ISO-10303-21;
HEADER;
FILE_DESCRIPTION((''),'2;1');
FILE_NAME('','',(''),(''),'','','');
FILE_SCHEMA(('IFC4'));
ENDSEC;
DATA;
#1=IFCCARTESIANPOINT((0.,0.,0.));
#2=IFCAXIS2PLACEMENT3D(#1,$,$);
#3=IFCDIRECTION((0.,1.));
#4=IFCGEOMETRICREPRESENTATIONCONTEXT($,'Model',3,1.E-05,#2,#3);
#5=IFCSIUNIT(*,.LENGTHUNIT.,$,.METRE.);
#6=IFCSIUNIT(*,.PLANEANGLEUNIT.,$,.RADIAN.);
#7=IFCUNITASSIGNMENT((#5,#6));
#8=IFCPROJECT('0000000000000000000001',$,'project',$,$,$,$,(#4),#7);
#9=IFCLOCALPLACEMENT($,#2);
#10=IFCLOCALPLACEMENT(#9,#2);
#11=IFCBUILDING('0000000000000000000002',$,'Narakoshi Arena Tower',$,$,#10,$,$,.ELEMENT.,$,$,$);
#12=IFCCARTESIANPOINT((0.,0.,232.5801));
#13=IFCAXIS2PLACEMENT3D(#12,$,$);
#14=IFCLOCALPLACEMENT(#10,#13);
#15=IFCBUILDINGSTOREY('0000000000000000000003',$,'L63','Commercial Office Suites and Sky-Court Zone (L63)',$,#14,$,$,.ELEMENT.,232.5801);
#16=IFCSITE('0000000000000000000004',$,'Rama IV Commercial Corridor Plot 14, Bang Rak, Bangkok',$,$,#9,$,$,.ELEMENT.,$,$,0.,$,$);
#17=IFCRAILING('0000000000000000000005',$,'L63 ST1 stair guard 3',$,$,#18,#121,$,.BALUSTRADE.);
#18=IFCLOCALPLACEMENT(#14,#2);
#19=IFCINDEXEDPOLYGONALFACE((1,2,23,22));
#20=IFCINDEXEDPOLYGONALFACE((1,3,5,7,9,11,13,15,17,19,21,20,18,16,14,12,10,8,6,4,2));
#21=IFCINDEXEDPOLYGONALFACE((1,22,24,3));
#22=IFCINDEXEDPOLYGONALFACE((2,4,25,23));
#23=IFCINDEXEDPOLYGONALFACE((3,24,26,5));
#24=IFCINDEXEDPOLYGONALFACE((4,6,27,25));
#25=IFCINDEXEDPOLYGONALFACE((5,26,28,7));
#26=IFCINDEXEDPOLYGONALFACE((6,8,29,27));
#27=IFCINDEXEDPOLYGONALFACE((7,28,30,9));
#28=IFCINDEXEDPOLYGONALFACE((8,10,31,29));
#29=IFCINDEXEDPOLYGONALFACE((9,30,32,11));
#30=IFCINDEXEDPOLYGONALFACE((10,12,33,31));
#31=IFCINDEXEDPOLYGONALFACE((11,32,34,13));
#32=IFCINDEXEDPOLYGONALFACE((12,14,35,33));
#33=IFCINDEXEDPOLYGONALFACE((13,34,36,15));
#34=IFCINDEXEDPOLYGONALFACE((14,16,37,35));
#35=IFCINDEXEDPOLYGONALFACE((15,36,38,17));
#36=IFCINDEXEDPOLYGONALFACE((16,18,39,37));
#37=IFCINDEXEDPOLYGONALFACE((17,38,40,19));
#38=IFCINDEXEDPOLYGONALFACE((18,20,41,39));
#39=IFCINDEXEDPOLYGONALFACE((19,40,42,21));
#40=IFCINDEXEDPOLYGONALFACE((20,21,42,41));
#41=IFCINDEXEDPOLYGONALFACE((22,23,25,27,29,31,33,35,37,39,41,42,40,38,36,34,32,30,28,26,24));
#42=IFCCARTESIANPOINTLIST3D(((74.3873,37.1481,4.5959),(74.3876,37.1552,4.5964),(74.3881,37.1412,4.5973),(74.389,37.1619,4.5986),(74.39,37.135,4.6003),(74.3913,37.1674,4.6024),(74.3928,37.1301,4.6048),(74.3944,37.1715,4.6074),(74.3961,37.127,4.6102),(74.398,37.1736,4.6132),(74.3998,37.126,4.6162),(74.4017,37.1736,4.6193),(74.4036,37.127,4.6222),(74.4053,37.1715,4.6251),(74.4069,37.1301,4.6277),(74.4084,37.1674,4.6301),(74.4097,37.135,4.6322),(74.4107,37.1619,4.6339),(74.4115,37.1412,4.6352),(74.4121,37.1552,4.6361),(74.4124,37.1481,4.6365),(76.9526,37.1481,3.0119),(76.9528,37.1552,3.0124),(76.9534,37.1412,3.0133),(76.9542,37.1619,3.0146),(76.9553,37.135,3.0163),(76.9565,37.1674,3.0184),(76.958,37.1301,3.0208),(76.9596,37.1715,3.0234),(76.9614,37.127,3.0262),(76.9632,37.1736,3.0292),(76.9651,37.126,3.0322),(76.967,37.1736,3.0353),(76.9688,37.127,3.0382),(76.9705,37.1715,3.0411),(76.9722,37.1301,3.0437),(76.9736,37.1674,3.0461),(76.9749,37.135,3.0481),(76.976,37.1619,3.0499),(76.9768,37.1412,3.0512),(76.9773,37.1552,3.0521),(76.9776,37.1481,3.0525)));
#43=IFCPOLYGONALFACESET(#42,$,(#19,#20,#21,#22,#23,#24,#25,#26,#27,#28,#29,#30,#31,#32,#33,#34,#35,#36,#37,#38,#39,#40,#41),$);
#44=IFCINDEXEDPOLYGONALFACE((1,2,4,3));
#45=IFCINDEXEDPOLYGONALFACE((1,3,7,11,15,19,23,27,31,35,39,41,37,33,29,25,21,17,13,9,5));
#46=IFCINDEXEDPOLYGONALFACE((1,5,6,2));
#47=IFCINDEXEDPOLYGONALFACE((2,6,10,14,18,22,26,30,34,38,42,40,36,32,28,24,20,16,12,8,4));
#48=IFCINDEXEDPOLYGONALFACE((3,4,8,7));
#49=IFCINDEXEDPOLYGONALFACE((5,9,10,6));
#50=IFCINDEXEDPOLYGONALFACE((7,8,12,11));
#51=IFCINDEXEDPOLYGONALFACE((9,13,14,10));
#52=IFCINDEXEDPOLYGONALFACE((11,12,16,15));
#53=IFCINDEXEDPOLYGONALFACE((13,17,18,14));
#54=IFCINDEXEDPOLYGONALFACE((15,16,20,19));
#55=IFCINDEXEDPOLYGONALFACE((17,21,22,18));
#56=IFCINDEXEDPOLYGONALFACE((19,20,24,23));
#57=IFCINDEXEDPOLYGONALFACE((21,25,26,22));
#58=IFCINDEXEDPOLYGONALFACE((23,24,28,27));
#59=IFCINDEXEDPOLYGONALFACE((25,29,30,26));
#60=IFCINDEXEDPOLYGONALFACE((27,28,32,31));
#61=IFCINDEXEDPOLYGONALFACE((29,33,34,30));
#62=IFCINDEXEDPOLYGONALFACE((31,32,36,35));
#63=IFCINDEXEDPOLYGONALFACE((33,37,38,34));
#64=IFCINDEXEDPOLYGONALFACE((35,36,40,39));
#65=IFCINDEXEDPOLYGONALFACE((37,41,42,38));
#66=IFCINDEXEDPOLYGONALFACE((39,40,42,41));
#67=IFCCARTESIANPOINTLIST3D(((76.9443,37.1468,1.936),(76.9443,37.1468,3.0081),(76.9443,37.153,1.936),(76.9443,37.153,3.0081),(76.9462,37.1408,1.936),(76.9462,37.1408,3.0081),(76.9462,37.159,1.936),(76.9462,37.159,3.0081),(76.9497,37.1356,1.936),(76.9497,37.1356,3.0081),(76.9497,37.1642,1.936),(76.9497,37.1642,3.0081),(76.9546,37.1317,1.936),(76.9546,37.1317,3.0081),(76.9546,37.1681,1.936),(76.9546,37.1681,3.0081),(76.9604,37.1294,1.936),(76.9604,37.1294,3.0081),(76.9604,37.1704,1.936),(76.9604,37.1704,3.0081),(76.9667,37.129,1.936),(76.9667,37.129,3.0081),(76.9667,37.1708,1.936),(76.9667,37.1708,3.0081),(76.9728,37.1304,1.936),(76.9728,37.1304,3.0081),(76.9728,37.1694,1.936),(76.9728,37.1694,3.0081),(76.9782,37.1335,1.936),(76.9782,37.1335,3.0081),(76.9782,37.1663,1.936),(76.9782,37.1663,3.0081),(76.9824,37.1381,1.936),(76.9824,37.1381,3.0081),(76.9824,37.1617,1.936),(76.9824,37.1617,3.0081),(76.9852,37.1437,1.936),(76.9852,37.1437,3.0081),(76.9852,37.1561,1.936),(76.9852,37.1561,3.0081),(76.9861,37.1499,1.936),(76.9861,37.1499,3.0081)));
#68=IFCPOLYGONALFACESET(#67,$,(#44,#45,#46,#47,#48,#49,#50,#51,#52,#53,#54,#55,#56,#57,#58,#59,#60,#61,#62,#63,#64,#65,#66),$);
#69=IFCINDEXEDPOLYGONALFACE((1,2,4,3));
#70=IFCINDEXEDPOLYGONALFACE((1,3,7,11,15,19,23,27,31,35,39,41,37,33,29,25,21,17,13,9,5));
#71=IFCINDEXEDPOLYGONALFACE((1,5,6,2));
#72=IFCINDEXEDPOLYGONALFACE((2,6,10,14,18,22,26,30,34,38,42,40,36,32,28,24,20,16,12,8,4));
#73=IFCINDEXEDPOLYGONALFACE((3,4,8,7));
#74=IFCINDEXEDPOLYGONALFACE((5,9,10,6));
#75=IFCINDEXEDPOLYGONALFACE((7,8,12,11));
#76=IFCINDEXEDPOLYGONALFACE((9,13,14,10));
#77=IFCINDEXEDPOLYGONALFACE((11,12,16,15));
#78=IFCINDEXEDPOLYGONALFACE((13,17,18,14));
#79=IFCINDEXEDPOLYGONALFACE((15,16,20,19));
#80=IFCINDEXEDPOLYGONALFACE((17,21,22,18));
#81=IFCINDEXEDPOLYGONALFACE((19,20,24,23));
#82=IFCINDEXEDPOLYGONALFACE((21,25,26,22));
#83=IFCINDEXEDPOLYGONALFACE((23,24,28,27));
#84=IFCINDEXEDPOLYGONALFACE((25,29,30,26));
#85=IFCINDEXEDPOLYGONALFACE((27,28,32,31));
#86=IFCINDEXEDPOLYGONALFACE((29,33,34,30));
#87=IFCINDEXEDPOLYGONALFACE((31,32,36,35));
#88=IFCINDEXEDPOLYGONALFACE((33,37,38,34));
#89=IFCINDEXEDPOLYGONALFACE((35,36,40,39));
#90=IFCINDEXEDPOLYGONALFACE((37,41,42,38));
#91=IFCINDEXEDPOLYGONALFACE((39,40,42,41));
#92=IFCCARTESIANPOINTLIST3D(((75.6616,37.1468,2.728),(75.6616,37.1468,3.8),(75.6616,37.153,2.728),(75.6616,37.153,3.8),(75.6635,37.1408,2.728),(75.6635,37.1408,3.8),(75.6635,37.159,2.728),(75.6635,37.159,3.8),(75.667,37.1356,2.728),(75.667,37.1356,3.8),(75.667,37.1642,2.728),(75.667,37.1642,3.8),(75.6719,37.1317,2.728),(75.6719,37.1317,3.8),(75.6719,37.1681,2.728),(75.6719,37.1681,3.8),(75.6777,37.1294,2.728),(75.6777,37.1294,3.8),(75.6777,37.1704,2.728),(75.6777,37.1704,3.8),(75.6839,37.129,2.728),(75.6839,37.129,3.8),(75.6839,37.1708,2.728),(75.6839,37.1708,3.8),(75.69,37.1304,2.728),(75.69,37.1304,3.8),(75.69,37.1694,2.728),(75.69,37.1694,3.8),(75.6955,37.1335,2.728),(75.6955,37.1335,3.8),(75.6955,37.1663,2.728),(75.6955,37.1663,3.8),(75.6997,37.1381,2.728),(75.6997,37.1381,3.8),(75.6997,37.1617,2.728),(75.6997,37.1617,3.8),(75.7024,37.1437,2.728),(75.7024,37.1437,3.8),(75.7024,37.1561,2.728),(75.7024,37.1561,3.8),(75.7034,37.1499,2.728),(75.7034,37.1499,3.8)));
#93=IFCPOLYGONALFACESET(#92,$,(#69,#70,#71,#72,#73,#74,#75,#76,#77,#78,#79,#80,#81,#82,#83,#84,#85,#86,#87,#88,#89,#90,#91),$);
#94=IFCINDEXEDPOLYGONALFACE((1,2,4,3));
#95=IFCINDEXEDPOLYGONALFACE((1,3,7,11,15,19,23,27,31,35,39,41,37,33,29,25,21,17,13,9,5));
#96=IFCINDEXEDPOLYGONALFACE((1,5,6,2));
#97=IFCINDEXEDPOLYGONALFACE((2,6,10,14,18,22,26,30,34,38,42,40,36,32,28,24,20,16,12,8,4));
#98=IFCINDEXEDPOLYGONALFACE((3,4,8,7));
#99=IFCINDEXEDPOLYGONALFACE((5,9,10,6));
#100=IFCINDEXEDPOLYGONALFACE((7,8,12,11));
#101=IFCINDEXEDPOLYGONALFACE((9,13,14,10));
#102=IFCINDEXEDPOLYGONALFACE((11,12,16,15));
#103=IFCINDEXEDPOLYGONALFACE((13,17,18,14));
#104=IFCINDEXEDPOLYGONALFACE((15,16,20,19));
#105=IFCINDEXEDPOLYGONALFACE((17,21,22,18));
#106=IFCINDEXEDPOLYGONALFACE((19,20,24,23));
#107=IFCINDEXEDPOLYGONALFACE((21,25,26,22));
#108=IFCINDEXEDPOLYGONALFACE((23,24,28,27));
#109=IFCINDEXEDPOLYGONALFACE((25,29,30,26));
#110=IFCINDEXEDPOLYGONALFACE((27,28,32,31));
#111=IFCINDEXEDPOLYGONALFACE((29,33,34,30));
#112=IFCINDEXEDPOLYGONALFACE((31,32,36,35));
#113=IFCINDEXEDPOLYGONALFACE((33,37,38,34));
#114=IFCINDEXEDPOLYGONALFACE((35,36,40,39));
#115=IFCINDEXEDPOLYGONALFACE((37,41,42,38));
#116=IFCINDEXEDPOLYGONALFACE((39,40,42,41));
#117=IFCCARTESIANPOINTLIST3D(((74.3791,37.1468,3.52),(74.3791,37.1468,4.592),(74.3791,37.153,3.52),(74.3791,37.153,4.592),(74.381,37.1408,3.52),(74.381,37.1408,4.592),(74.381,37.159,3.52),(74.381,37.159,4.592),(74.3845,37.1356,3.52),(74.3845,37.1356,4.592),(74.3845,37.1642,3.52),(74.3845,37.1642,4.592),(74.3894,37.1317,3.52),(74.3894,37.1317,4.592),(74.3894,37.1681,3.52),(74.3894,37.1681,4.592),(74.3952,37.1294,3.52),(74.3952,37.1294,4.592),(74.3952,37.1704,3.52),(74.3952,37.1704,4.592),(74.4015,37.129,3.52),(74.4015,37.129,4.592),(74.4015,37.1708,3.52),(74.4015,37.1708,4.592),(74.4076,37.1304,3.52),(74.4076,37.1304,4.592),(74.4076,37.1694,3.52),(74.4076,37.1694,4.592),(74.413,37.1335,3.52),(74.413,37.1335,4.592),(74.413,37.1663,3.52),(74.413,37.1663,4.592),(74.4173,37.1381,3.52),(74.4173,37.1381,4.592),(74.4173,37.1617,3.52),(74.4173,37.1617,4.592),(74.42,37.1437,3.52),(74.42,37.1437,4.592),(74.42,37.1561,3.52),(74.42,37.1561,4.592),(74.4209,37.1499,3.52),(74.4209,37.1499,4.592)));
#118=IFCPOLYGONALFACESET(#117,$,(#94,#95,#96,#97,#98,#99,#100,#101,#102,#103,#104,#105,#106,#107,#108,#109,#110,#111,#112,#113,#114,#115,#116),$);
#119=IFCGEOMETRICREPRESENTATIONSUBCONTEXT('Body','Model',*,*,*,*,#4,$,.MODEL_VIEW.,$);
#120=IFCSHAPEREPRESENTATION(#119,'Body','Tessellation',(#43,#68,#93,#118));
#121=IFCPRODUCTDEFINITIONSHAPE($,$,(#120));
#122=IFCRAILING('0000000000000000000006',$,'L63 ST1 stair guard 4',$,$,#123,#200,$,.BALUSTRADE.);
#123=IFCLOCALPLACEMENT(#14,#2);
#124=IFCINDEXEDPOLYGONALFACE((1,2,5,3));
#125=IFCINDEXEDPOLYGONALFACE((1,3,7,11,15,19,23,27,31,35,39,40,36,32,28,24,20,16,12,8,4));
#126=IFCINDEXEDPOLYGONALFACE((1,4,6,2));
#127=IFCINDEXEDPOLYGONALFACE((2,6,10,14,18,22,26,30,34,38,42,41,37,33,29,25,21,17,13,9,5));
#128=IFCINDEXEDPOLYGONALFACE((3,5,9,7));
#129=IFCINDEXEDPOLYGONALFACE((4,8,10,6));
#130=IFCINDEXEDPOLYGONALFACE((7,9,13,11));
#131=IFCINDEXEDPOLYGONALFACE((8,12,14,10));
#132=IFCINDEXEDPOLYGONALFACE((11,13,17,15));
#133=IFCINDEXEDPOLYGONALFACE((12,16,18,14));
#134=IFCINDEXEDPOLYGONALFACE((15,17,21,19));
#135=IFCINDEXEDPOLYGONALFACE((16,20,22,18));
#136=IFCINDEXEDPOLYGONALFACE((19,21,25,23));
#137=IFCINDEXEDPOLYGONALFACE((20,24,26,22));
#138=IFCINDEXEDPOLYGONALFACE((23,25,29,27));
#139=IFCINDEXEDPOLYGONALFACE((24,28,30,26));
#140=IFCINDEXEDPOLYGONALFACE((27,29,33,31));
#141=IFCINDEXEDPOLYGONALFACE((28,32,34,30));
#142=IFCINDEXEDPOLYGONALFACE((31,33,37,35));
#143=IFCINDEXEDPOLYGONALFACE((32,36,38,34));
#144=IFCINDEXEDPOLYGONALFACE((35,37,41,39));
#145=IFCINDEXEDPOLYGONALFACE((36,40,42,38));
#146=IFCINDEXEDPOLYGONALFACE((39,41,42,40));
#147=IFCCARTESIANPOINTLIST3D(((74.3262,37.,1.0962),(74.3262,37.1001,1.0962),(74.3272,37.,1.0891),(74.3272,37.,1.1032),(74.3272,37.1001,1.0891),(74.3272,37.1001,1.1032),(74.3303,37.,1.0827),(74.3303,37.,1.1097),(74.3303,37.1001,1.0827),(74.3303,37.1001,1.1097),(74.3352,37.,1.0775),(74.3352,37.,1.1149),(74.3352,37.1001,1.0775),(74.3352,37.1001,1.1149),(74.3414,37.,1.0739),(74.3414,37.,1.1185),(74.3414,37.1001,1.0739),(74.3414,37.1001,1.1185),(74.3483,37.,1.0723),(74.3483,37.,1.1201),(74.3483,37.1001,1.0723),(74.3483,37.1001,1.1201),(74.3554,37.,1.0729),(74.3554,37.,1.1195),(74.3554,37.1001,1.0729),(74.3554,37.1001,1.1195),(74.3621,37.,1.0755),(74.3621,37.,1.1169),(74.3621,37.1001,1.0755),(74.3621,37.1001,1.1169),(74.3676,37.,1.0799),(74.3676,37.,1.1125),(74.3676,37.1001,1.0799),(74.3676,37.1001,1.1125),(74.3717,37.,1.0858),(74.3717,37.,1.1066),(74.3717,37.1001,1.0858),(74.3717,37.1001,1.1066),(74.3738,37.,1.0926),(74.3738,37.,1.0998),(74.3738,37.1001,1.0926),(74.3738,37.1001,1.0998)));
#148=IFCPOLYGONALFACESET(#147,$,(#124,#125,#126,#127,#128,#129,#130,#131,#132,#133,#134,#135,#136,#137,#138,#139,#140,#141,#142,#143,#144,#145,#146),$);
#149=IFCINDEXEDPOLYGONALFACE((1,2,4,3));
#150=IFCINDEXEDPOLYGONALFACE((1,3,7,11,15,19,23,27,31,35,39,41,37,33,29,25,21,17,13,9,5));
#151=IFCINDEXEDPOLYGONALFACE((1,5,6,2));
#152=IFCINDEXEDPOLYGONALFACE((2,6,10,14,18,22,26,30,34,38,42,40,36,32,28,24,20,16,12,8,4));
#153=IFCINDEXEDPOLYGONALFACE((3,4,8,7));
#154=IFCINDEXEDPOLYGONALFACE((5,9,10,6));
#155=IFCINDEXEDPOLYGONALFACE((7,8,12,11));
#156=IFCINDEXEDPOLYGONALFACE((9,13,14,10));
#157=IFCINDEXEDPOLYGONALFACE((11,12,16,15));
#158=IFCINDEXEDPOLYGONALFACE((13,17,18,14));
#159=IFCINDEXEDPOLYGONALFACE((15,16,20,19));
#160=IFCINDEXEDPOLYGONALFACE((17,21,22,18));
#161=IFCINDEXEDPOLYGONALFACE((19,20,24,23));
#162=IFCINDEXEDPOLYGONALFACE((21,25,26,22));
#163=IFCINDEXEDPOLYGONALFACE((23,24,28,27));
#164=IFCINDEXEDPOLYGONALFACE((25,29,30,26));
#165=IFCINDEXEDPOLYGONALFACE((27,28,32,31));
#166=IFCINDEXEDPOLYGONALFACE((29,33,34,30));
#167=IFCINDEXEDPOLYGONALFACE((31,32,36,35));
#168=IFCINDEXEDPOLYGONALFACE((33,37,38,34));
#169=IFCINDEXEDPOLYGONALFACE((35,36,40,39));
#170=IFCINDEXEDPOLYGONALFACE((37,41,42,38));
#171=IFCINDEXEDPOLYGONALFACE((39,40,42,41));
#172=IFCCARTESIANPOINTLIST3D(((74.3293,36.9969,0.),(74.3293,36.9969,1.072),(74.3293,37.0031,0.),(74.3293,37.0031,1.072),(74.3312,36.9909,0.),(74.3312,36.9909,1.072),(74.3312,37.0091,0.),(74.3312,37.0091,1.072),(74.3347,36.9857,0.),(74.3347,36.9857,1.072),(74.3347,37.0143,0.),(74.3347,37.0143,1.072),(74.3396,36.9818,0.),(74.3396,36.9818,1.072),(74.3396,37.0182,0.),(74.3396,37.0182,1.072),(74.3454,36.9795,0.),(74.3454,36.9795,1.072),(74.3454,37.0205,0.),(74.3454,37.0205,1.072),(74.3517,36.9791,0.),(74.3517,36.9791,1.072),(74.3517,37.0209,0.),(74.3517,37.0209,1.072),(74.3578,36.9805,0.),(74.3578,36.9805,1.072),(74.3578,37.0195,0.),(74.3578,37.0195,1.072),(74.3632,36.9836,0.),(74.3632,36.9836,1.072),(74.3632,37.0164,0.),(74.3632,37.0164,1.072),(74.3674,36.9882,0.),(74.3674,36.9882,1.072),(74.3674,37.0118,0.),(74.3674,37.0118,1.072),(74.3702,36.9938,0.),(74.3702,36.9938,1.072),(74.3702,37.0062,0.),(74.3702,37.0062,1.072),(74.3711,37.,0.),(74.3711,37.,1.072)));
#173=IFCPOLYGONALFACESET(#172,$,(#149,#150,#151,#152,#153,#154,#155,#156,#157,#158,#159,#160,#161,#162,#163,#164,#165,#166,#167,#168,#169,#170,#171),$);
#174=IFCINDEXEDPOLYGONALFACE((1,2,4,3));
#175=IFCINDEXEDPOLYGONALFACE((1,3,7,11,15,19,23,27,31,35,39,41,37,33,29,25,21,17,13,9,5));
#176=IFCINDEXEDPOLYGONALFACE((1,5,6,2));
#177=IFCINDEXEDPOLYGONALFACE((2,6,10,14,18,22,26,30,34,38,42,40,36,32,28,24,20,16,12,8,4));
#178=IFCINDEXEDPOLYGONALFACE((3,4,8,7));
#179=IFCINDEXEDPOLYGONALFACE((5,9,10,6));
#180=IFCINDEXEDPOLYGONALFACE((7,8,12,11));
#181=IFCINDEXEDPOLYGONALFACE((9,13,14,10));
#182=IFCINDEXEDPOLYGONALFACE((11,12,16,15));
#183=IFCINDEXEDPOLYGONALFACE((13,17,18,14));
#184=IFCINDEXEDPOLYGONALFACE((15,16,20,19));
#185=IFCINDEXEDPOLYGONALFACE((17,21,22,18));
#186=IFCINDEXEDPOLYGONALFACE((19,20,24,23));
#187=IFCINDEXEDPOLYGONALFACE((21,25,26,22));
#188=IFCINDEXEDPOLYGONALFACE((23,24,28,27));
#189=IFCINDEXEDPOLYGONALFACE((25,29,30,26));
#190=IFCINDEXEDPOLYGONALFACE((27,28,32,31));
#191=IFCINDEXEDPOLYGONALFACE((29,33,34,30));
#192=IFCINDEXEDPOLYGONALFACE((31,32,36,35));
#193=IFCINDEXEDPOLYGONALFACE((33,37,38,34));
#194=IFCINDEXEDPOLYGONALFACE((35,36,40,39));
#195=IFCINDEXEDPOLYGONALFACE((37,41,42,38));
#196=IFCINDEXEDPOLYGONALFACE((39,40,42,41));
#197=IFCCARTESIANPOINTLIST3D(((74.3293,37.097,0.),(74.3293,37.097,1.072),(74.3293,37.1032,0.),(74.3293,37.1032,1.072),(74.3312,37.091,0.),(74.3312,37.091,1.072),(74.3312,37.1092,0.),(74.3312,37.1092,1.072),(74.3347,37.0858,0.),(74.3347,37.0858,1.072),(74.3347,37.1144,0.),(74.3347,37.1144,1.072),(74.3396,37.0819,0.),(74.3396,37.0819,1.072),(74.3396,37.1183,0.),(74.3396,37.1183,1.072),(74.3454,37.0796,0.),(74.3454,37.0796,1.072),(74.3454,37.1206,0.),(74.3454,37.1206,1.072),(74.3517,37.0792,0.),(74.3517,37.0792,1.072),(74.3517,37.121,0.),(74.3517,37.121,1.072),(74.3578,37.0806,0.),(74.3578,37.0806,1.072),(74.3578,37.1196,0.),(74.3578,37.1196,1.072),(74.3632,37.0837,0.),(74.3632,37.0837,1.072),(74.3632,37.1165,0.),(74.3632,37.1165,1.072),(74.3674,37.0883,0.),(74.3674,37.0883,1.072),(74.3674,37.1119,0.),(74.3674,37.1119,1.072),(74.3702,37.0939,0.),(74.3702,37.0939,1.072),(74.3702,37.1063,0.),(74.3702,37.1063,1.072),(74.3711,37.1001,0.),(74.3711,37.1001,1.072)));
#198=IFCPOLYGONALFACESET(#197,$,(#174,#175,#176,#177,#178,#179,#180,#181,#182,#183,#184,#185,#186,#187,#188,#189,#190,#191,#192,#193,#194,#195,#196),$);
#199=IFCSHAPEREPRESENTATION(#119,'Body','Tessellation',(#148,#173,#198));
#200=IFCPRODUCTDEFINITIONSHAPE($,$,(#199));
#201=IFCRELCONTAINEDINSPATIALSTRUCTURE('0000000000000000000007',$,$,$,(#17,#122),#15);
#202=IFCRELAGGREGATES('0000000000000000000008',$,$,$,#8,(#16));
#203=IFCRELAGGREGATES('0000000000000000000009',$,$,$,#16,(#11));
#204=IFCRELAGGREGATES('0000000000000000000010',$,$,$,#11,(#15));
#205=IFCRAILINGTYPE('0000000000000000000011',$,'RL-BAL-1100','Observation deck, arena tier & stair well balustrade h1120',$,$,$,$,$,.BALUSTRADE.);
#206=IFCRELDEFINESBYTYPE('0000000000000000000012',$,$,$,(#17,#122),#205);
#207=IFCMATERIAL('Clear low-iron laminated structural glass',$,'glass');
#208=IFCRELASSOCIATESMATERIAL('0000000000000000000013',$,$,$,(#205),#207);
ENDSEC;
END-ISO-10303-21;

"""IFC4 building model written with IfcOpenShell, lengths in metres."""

from ifc_helpers import new_model, si_unit, direction, frame, origin, origin_2d, place, context, subcontext, project, spatial, circle, extrude, material, type_object, element, save


model = new_model("IFC4")

# Units and contexts
model_context = context("Model", 3, precision=1e-05, world=origin(), true_north=direction((0.0, 1.0)))
body_context = subcontext(model_context, "Body", "Model", "MODEL_VIEW")
ifc_project = project(units=[si_unit("LENGTHUNIT", "METRE"), si_unit("PLANEANGLEUNIT", "RADIAN")], contexts=[model_context])

# Site, building, storey
site_placement = place(None, origin())
site = spatial("IfcSite", under=ifc_project, at=site_placement, Name="Rama IV Commercial Corridor Plot 14, Bang Rak, Bangkok", CompositionType="ELEMENT", RefElevation=0.0)
building_placement = place(site_placement, origin())
building = spatial("IfcBuilding", under=site, at=building_placement, Name="Narakoshi Arena Tower", CompositionType="ELEMENT")
storey_placement = place(building_placement, frame((0.0, 0.0, 232.5801)))
storey = spatial("IfcBuildingStorey", under=building, at=storey_placement, Name="L63", Description="Commercial Office Suites and Sky-Court Zone (L63)", CompositionType="ELEMENT", Elevation=232.5801)

# Railings
ifc_material_1 = material(Name="Clear low-iron laminated structural glass", Category="glass")
railing_type_1 = type_object("IfcRailingType", Name="RL-BAL-1100", Description="Observation deck, arena tier & stair well balustrade h1120", PredefinedType="BALUSTRADE", material=ifc_material_1)
railing_1_placement = place(storey_placement, frame((76.9651, 37.1499, 1.936)))
element("IfcRailing", 1, at=railing_1_placement, inside=storey, type_object=railing_type_1, Name="L63 ST1 stair guard 3", PredefinedType="BALUSTRADE", context=body_context, shape_type="SweptSolid", body=[
    extrude(circle(Radius=0.0239, at=origin_2d()), frame((0.0, 0.0, 1.0962), z_axis=(-0.850857, 0.0, 0.525398), x_axis=(0.0, -1.0, 0.0)), (0.0, 0.0, 1.0), 3.0149),
    extrude(circle(Radius=0.021, at=origin_2d()), origin(), (0.0, 0.0, 1.0), 1.072),
    extrude(circle(Radius=0.021, at=origin_2d()), frame((-1.2827, 0.0, 0.792)), (0.0, 0.0, 1.0), 1.072),
    extrude(circle(Radius=0.021, at=origin_2d()), frame((-2.5652, 0.0, 1.584)), (0.0, 0.0, 1.0), 1.072),
])
railing_2_placement = place(storey_placement, frame((74.3501, 37.0, 0.0)))
element("IfcRailing", 2, at=railing_2_placement, inside=storey, type_object=railing_type_1, Name="L63 ST1 stair guard 4", PredefinedType="BALUSTRADE", context=body_context, shape_type="SweptSolid", body=[
    extrude(circle(Radius=0.0239, at=origin_2d()), frame((0.0, 0.0, 1.0962), z_axis=(0.0, 1.0, 0.0), x_axis=(-1.0, 0.0, 0.0)), (0.0, 0.0, 1.0), 0.1001),
    extrude(circle(Radius=0.021, at=origin_2d()), origin(), (0.0, 0.0, 1.0), 1.072),
    extrude(circle(Radius=0.021, at=origin_2d()), frame((0.0, 0.1001, 0.0)), (0.0, 0.0, 1.0), 1.072),
])

save(model, "model.ifc")
